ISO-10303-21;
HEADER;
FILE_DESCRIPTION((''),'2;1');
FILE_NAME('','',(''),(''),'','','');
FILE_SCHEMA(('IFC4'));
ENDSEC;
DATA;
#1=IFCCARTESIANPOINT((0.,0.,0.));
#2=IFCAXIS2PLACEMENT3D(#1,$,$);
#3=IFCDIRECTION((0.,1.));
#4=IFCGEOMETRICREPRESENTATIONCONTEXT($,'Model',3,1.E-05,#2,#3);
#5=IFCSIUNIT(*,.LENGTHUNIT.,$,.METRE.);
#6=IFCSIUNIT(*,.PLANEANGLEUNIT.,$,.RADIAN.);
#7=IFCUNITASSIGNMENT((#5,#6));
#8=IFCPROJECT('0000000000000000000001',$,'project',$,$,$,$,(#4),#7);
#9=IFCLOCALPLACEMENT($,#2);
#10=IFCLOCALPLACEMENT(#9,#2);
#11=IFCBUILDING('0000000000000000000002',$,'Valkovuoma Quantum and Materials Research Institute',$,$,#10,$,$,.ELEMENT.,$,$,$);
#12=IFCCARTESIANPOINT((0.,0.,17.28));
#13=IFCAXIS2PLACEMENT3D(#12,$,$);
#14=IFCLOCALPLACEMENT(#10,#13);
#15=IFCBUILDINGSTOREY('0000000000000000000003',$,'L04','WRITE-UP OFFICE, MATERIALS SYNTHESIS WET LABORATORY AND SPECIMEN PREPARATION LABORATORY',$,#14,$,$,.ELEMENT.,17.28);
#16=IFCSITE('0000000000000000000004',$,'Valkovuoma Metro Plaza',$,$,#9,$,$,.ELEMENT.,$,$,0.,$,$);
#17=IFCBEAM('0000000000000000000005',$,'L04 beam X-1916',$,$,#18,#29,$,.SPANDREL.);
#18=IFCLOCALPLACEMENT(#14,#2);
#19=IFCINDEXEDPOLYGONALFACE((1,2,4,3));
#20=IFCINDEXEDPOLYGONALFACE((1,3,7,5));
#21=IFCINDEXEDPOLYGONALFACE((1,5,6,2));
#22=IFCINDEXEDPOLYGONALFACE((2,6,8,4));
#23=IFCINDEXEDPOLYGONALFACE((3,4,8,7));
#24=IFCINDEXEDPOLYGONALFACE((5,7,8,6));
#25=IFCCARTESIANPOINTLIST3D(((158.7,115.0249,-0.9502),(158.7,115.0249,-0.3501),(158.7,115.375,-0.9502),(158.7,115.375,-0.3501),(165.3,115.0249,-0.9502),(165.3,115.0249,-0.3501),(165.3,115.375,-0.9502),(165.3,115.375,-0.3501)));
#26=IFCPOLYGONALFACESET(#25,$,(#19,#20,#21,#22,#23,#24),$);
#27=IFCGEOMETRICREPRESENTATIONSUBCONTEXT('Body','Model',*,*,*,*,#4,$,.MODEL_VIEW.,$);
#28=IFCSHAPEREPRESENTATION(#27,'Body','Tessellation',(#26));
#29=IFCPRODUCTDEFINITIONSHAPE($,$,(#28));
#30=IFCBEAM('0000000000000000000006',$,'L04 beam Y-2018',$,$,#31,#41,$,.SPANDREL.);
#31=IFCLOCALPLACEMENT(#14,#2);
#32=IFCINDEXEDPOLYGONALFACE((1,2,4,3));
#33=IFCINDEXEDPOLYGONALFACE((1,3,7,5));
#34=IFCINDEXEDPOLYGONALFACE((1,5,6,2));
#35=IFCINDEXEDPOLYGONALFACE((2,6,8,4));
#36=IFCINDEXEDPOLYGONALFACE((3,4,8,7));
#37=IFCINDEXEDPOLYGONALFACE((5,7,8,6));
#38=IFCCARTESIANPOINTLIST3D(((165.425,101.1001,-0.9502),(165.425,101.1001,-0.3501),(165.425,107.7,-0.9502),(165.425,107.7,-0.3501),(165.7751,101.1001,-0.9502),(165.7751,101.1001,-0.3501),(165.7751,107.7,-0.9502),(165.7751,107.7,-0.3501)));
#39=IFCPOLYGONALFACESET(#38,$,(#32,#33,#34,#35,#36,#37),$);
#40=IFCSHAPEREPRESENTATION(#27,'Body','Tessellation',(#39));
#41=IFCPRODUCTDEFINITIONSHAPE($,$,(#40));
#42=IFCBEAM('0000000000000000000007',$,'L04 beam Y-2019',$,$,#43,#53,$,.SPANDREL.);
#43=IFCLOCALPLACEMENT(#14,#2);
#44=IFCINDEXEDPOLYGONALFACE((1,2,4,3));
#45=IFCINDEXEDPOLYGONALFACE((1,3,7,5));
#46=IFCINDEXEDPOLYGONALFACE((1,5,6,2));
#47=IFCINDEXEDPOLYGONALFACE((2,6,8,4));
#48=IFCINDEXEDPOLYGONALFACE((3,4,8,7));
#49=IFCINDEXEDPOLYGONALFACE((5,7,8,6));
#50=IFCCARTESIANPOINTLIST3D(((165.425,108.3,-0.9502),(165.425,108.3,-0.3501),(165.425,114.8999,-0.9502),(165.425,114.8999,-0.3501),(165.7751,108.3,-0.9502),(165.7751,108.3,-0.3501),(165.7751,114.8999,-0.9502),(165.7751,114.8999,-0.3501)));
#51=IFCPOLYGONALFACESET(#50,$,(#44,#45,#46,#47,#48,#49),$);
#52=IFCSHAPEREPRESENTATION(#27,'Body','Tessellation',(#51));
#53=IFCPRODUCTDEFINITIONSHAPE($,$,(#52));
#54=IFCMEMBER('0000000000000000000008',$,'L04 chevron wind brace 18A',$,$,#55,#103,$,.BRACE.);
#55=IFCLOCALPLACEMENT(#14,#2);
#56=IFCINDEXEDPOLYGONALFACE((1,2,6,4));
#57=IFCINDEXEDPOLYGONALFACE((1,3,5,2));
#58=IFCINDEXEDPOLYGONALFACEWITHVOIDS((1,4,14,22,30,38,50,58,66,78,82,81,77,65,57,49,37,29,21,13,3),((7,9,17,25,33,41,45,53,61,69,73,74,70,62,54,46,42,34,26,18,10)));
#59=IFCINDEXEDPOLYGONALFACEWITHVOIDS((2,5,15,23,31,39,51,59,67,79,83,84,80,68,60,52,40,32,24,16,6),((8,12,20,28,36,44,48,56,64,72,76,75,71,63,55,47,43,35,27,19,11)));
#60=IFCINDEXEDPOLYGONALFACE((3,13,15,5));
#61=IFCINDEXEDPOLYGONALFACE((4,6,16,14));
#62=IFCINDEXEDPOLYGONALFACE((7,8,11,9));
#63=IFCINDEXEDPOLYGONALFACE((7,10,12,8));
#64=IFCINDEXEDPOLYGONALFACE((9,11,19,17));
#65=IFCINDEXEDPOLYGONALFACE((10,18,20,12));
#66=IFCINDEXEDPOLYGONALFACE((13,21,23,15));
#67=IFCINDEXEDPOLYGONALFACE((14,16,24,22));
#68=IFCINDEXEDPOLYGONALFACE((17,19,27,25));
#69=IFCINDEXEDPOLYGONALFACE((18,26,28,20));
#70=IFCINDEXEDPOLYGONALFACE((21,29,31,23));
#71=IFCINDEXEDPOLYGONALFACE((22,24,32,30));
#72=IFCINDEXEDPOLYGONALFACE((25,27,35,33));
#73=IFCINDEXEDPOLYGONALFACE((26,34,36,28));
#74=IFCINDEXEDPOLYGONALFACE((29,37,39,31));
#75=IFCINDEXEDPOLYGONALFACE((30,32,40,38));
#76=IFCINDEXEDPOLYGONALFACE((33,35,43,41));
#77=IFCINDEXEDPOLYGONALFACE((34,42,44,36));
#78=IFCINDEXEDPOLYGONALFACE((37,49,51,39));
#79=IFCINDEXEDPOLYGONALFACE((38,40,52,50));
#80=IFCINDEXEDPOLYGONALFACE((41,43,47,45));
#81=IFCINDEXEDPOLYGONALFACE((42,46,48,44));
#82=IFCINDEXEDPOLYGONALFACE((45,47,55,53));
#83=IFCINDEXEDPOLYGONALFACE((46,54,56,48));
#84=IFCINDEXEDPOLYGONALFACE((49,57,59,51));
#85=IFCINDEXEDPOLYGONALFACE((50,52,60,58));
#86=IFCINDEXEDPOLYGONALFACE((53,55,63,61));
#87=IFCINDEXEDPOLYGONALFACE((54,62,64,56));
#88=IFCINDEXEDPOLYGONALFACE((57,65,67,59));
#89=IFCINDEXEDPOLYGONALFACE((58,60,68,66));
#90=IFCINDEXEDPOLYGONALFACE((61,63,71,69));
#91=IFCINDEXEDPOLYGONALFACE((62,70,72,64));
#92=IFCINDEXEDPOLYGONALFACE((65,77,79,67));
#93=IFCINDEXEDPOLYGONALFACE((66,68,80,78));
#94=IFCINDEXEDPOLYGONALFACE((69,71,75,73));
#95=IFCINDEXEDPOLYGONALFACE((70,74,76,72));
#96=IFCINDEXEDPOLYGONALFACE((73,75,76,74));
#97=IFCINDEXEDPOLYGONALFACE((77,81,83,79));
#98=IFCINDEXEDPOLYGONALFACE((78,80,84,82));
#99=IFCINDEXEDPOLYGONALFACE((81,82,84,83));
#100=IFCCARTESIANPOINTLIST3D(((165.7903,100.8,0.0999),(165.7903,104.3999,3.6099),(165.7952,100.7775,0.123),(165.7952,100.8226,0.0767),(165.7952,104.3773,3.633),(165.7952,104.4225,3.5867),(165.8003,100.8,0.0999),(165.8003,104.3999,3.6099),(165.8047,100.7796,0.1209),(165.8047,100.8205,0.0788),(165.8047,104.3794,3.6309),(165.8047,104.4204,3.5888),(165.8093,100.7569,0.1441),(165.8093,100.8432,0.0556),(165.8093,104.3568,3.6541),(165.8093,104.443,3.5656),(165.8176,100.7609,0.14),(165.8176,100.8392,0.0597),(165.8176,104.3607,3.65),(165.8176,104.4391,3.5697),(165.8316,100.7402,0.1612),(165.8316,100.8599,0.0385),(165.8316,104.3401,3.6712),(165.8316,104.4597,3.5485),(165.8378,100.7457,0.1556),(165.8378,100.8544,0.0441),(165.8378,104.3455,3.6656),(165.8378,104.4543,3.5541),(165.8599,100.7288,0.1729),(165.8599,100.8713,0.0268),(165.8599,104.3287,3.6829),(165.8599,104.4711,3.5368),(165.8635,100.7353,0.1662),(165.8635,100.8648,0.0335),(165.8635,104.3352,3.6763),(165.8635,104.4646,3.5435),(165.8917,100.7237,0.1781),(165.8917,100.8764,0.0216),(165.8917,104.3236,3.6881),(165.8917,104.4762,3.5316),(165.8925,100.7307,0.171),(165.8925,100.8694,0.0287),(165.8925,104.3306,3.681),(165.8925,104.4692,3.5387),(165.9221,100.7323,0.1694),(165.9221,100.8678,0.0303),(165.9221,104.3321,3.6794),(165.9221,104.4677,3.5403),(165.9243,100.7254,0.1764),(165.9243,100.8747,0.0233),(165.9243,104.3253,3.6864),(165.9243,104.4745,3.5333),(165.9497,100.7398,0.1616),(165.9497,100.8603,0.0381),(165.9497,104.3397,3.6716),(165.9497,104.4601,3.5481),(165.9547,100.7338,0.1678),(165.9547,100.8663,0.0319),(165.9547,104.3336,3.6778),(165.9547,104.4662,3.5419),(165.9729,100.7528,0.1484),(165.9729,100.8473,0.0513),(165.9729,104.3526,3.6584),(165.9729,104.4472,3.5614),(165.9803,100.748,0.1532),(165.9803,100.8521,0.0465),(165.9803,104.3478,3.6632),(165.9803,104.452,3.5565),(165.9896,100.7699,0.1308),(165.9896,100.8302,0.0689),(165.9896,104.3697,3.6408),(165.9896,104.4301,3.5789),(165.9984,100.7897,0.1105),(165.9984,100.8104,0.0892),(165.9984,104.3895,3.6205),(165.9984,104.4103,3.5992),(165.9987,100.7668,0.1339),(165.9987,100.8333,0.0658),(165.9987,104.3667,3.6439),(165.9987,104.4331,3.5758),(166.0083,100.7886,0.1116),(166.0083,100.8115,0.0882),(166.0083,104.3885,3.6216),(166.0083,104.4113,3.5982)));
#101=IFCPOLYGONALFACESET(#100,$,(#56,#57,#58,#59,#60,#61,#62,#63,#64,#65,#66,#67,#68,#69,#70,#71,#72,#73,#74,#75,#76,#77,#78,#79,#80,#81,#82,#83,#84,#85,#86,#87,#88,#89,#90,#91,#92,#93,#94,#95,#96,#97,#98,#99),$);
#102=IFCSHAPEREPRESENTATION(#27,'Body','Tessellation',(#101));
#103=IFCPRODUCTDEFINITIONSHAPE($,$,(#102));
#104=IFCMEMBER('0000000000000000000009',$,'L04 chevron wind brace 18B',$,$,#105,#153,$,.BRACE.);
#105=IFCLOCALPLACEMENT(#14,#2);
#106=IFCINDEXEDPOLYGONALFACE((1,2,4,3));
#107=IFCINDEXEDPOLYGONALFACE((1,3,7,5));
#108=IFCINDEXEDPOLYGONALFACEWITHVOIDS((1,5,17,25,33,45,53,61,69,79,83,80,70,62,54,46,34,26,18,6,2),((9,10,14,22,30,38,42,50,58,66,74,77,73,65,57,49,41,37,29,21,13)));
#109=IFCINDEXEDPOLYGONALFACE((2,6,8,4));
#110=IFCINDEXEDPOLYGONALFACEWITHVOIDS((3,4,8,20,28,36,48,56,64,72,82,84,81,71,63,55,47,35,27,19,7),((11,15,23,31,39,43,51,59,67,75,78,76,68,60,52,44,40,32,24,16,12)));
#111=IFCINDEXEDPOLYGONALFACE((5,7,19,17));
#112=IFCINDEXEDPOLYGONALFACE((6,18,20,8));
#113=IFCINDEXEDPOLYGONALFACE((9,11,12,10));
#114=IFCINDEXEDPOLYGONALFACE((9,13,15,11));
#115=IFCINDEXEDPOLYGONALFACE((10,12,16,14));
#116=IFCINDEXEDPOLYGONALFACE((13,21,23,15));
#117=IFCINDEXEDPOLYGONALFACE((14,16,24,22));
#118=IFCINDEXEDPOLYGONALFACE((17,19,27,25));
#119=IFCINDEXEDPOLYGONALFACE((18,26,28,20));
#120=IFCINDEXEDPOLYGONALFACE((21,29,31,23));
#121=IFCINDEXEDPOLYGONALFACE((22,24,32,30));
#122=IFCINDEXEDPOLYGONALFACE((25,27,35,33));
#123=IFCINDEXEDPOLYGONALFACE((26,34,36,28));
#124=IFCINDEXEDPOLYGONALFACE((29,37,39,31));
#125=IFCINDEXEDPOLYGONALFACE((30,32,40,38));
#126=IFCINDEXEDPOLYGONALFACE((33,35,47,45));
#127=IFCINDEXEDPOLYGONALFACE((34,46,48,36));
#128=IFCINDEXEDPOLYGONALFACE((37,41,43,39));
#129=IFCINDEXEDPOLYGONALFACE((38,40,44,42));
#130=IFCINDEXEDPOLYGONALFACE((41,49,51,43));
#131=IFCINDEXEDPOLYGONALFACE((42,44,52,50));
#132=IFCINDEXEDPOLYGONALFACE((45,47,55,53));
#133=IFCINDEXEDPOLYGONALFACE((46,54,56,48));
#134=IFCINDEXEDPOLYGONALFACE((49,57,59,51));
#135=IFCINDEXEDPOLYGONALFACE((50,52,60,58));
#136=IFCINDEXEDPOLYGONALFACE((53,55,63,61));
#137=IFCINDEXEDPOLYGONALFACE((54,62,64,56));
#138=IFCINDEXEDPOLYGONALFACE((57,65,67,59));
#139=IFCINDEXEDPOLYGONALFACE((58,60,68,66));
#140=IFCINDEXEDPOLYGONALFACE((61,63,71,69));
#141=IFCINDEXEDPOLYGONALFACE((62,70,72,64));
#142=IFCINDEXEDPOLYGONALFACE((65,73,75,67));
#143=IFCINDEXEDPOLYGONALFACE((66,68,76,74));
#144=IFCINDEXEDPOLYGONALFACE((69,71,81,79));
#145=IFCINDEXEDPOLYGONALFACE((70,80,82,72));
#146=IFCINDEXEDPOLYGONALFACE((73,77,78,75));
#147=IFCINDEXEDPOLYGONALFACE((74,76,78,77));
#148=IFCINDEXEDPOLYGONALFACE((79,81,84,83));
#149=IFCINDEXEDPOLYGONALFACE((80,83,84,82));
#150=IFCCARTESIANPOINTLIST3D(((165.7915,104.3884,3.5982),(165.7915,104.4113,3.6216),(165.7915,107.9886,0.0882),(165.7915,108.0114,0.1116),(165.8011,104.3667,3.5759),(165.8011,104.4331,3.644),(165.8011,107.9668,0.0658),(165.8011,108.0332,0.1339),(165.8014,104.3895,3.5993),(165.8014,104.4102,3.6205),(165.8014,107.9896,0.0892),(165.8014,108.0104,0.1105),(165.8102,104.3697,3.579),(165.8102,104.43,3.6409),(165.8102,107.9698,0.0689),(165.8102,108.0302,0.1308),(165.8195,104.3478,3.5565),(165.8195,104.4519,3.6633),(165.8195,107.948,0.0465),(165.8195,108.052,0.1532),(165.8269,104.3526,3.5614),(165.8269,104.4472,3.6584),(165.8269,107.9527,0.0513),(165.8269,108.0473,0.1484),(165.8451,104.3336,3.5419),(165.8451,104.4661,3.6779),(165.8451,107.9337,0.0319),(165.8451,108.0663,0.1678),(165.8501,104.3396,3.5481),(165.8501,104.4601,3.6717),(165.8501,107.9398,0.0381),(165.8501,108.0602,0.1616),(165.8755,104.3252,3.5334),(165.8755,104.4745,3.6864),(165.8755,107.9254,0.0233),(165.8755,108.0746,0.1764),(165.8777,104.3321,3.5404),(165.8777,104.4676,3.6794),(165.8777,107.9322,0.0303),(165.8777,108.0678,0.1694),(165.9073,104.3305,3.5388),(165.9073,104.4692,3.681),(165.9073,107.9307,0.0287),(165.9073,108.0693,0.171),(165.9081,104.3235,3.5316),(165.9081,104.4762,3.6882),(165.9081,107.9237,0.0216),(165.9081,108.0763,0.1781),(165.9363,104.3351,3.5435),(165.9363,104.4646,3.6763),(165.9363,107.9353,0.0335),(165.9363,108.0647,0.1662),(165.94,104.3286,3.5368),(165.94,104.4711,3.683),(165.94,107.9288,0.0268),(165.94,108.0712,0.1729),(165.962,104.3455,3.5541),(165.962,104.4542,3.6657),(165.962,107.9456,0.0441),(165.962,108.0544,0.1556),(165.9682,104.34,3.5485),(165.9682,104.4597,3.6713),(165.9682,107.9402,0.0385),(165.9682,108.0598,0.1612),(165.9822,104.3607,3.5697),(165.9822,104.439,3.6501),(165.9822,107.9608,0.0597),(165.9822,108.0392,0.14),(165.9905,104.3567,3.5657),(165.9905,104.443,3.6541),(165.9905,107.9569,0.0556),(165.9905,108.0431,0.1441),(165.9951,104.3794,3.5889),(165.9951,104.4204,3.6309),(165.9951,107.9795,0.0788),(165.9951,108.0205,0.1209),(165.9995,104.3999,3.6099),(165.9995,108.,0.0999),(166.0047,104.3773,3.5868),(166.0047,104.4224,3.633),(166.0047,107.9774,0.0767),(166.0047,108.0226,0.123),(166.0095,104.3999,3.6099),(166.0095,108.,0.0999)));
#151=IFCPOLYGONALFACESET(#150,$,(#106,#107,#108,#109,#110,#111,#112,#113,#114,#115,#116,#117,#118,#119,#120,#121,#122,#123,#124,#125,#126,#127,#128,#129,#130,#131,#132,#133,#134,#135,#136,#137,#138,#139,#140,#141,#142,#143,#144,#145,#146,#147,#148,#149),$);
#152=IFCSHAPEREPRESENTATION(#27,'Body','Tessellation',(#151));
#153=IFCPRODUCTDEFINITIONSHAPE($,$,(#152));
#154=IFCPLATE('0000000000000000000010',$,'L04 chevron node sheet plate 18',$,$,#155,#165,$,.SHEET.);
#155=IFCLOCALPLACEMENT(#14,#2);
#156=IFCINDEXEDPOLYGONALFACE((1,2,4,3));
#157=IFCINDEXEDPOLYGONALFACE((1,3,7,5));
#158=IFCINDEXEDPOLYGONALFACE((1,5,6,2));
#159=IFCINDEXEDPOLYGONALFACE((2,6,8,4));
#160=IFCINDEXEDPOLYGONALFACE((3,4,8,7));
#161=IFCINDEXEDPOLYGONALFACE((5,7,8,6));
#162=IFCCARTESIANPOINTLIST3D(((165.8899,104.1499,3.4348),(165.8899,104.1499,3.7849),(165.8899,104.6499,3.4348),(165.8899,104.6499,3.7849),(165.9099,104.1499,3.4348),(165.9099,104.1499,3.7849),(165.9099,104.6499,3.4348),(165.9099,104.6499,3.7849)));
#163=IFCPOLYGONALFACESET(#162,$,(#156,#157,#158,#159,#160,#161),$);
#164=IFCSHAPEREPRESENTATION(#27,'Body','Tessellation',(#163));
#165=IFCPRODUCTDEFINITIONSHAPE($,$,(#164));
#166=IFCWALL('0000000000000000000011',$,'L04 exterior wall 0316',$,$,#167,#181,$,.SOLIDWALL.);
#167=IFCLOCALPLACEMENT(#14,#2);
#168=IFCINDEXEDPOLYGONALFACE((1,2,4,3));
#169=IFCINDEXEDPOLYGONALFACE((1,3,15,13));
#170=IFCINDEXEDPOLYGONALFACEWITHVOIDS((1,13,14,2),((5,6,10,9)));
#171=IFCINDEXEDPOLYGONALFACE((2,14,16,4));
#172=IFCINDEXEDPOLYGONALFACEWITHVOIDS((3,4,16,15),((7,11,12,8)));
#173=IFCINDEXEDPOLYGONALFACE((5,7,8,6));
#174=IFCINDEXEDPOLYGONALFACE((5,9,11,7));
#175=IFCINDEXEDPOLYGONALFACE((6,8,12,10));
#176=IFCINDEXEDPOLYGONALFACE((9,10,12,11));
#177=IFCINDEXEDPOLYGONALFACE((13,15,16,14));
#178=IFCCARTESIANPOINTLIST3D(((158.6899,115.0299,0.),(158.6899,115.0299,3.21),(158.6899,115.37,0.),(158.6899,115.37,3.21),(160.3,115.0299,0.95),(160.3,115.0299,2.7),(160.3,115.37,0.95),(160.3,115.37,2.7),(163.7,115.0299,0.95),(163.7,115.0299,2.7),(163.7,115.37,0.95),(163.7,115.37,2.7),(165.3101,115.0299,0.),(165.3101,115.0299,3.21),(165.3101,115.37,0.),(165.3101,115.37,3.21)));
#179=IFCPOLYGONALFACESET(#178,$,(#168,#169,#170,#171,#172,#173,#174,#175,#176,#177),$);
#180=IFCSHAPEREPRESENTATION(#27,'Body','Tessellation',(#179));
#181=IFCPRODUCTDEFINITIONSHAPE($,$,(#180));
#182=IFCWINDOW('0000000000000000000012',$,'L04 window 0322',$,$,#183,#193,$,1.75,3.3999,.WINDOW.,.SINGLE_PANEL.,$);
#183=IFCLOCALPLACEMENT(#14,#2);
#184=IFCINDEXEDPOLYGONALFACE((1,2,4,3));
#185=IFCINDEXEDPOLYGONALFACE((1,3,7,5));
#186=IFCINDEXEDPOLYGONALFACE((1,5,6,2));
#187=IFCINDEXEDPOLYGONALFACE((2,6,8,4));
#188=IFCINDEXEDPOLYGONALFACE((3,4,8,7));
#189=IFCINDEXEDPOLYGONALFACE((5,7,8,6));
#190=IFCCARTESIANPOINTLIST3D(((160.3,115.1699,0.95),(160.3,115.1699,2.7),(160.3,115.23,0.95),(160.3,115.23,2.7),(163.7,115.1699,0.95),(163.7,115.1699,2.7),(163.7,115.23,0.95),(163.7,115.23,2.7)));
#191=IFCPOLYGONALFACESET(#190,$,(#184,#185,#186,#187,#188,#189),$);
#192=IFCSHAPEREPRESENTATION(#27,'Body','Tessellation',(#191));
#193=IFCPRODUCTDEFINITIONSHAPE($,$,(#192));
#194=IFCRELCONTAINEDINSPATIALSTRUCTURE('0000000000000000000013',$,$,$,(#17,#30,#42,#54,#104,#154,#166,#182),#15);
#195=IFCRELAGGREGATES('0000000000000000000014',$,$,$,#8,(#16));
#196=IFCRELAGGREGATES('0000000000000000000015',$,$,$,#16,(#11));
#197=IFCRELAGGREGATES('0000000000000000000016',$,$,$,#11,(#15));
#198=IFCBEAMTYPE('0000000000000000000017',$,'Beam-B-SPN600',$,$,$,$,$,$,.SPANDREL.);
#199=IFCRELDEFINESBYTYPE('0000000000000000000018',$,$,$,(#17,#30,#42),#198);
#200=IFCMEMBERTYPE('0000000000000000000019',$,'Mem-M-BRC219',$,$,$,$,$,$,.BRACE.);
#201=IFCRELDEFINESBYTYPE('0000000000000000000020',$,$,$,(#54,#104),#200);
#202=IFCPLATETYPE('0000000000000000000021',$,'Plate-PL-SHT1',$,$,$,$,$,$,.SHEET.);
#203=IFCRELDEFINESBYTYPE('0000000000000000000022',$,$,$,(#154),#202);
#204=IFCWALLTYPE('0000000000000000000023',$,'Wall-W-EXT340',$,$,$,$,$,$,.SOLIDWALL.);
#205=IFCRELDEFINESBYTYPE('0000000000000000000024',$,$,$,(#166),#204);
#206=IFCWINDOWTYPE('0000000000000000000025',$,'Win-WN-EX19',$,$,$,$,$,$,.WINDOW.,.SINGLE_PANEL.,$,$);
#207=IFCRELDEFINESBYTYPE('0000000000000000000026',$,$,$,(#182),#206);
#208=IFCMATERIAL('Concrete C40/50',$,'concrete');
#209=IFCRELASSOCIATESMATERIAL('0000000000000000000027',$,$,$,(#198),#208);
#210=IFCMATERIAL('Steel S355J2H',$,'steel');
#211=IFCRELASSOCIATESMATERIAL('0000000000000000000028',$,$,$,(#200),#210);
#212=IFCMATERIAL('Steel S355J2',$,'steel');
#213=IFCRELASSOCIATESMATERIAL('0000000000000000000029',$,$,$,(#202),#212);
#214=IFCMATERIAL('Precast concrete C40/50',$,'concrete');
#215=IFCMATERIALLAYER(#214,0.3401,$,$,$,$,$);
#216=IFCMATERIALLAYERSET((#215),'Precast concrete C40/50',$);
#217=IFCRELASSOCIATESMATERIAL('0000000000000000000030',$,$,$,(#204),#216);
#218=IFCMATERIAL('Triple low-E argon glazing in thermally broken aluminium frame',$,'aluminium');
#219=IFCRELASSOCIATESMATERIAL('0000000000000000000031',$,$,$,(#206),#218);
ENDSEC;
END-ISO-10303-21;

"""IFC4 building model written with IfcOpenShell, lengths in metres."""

from ifc_helpers import new_model, si_unit, direction, frame, frame_2d, origin, origin_2d, place, context, subcontext, project, spatial, rectangle, hollow_circle, extrude, material, layer, layer_set, material_profile, profile_set, type_object, element, fill, save


model = new_model("IFC4")

# Units and contexts
model_context = context("Model", 3, precision=1e-05, world=origin(), true_north=direction((0.0, 1.0)))
body_context = subcontext(model_context, "Body", "Model", "MODEL_VIEW")
ifc_project = project(units=[si_unit("LENGTHUNIT", "METRE"), si_unit("PLANEANGLEUNIT", "RADIAN")], contexts=[model_context])

# Site, building, storey
site_placement = place(None, origin())
site = spatial("IfcSite", under=ifc_project, at=site_placement, Name="Valkovuoma Metro Plaza", CompositionType="ELEMENT", RefElevation=0.0)
building_placement = place(site_placement, origin())
building = spatial("IfcBuilding", under=site, at=building_placement, Name="Valkovuoma Quantum and Materials Research Institute", CompositionType="ELEMENT")
storey_placement = place(building_placement, frame((0.0, 0.0, 17.28)))
storey = spatial("IfcBuildingStorey", under=building, at=storey_placement, Name="L04", Description="WRITE-UP OFFICE, MATERIALS SYNTHESIS WET LABORATORY AND SPECIMEN PREPARATION LABORATORY", CompositionType="ELEMENT", Elevation=17.28)

# Beams
ifc_material_1 = material(Name="Concrete C40/50", Category="concrete")
ifc_material_profile_1 = material_profile(ifc_material_1, rectangle(XDim=0.3501, YDim=0.6001, at=origin_2d()), Name="Concrete C40/50")
ifc_profile_set_1 = profile_set([ifc_material_profile_1], Name="Concrete C40/50")
beam_type_1 = type_object("IfcBeamType", Name="Beam-B-SPN600", PredefinedType="SPANDREL", material=ifc_profile_set_1)
beam_1_placement = place(storey_placement, frame((158.7, 115.2, -0.6501), z_axis=(1.0, 0.0, 0.0), x_axis=(0.0, 1.0, 0.0)))
element("IfcBeam", 1, at=beam_1_placement, inside=storey, type_object=beam_type_1, Name="L04 beam X-1916", PredefinedType="SPANDREL", context=body_context, shape_type="SweptSolid", body=[
    extrude(rectangle(XDim=0.3501, YDim=0.6001, at=origin_2d()), origin(), (0.0, 0.0, 1.0), 6.6001),
])
for number, where, z_axis, x_axis, name in (
    (2, (165.6001, 101.1001, -0.6501), (0.0, 1.0, 0.0), (-1.0, 0.0, 0.0), "L04 beam Y-2018"),
    (3, (165.6001, 108.3, -0.6501), (0.0, 1.0, 0.0), (-1.0, 0.0, 0.0), "L04 beam Y-2019"),
):
    element("IfcBeam", number, at=place(storey_placement, frame(where, z_axis=z_axis, x_axis=x_axis)), inside=storey, type_object=beam_type_1, Name=name, PredefinedType="SPANDREL", context=body_context, shape_type="SweptSolid", body=[
        extrude(rectangle(XDim=0.3501, YDim=0.6001, at=origin_2d()), origin(), (0.0, 0.0, 1.0), 6.5999),
    ])

# Members
ifc_material_2 = material(Name="Steel S355J2H", Category="steel")
ifc_material_profile_2 = material_profile(ifc_material_2, hollow_circle(Radius=0.1096, WallThickness=0.01, at=origin_2d()), Name="Steel S355J2H")
ifc_profile_set_2 = profile_set([ifc_material_profile_2], Name="Steel S355J2H")
member_type = type_object("IfcMemberType", Name="Mem-M-BRC219", PredefinedType="BRACE", material=ifc_profile_set_2)
member_1_placement = place(storey_placement, frame((165.8999, 100.8, 0.0999), z_axis=(0.0, 0.715985, 0.698116), x_axis=(-1.0, 0.0, 0.0)))
element("IfcMember", 4, at=member_1_placement, inside=storey, type_object=member_type, Name="L04 chevron wind brace 18A", PredefinedType="BRACE", context=body_context, shape_type="SweptSolid", body=[
    extrude(hollow_circle(Radius=0.1096, WallThickness=0.01, at=origin_2d()), origin(), (0.0, 0.0, 1.0), 5.0278),
])
member_2_placement = place(storey_placement, frame((165.8999, 108.0, 0.0999), z_axis=(0.0, -0.716009, 0.698091), x_axis=(1.0, 0.0, 0.0)))
element("IfcMember", 5, at=member_2_placement, inside=storey, type_object=member_type, Name="L04 chevron wind brace 18B", PredefinedType="BRACE", context=body_context, shape_type="SweptSolid", body=[
    extrude(hollow_circle(Radius=0.1096, WallThickness=0.01, at=origin_2d()), origin(), (0.0, 0.0, 1.0), 5.0281),
])

# Plate
ifc_material_3 = material(Name="Steel S355J2", Category="steel")
plate_type = type_object("IfcPlateType", Name="Plate-PL-SHT1", PredefinedType="SHEET", material=ifc_material_3)
plate_placement = place(storey_placement, frame((165.8999, 104.3999, 3.4348), z_axis=(0.0, 0.0, 1.0), x_axis=(0.0, 1.0, 0.0)))
element("IfcPlate", 6, at=plate_placement, inside=storey, type_object=plate_type, Name="L04 chevron node sheet plate 18", PredefinedType="SHEET", context=body_context, shape_type="SweptSolid", body=[
    extrude(rectangle(XDim=0.5, YDim=0.02, at=origin_2d()), origin(), (0.0, 0.0, 1.0), 0.3501),
])

# Wall, opening, window
ifc_material_4 = material(Name="Precast concrete C40/50", Category="concrete")
ifc_layer_1 = layer(ifc_material_4, 0.3401)
ifc_layer_set_1 = layer_set([ifc_layer_1], Name="Precast concrete C40/50")
wall_type_1 = type_object("IfcWallType", Name="Wall-W-EXT340", PredefinedType="SOLIDWALL", material=ifc_layer_set_1)
wall_1_placement = place(storey_placement, frame((158.6899, 115.2, 0.0), z_axis=(0.0, 0.0, 1.0), x_axis=(1.0, 0.0, 0.0)))
wall_1 = element("IfcWall", 7, at=wall_1_placement, inside=storey, type_object=wall_type_1, Name="L04 exterior wall 0316", PredefinedType="SOLIDWALL", context=body_context, shape_type="SweptSolid", body=[
    extrude(rectangle(XDim=6.6201, YDim=0.3401, at=frame_2d((3.3101, 0.0))), origin(), (0.0, 0.0, 1.0), 3.21),
])
opening_1_placement = place(wall_1_placement, frame((1.6101, 0.0, 0.95)))
opening_1 = element("IfcOpeningElement", 8, at=opening_1_placement, cuts=wall_1, PredefinedType="OPENING", context=body_context, shape_type="SweptSolid", body=[
    extrude(rectangle(XDim=3.3999, YDim=1.75, at=frame_2d((1.7, 0.875))), frame((0.0, 0.1802, 0.0), z_axis=(0.0, -1.0, 0.0), x_axis=(1.0, 0.0, 0.0)), (0.0, 0.0, 1.0), 0.3601),
])
ifc_material_5 = material(Name="Triple low-E argon glazing in thermally broken aluminium frame", Category="aluminium")
window_type_1 = type_object("IfcWindowType", Name="Win-WN-EX19", PartitioningType="SINGLE_PANEL", PredefinedType="WINDOW", material=ifc_material_5)
window_1_placement = place(opening_1_placement, origin())
window_1 = element("IfcWindow", 9, at=window_1_placement, inside=storey, type_object=window_type_1, Name="L04 window 0322", OverallHeight=1.75, OverallWidth=3.3999, PartitioningType="SINGLE_PANEL", PredefinedType="WINDOW", context=body_context, shape_type="SweptSolid", body=[
    extrude(rectangle(XDim=3.3999, YDim=1.75, at=frame_2d((1.7, 0.875))), frame((0.0, 0.03, 0.0), z_axis=(0.0, -1.0, 0.0), x_axis=(1.0, 0.0, 0.0)), (0.0, 0.0, 1.0), 0.0601),
])
fill(opening_1, window_1)

save(model, "model.ifc")
